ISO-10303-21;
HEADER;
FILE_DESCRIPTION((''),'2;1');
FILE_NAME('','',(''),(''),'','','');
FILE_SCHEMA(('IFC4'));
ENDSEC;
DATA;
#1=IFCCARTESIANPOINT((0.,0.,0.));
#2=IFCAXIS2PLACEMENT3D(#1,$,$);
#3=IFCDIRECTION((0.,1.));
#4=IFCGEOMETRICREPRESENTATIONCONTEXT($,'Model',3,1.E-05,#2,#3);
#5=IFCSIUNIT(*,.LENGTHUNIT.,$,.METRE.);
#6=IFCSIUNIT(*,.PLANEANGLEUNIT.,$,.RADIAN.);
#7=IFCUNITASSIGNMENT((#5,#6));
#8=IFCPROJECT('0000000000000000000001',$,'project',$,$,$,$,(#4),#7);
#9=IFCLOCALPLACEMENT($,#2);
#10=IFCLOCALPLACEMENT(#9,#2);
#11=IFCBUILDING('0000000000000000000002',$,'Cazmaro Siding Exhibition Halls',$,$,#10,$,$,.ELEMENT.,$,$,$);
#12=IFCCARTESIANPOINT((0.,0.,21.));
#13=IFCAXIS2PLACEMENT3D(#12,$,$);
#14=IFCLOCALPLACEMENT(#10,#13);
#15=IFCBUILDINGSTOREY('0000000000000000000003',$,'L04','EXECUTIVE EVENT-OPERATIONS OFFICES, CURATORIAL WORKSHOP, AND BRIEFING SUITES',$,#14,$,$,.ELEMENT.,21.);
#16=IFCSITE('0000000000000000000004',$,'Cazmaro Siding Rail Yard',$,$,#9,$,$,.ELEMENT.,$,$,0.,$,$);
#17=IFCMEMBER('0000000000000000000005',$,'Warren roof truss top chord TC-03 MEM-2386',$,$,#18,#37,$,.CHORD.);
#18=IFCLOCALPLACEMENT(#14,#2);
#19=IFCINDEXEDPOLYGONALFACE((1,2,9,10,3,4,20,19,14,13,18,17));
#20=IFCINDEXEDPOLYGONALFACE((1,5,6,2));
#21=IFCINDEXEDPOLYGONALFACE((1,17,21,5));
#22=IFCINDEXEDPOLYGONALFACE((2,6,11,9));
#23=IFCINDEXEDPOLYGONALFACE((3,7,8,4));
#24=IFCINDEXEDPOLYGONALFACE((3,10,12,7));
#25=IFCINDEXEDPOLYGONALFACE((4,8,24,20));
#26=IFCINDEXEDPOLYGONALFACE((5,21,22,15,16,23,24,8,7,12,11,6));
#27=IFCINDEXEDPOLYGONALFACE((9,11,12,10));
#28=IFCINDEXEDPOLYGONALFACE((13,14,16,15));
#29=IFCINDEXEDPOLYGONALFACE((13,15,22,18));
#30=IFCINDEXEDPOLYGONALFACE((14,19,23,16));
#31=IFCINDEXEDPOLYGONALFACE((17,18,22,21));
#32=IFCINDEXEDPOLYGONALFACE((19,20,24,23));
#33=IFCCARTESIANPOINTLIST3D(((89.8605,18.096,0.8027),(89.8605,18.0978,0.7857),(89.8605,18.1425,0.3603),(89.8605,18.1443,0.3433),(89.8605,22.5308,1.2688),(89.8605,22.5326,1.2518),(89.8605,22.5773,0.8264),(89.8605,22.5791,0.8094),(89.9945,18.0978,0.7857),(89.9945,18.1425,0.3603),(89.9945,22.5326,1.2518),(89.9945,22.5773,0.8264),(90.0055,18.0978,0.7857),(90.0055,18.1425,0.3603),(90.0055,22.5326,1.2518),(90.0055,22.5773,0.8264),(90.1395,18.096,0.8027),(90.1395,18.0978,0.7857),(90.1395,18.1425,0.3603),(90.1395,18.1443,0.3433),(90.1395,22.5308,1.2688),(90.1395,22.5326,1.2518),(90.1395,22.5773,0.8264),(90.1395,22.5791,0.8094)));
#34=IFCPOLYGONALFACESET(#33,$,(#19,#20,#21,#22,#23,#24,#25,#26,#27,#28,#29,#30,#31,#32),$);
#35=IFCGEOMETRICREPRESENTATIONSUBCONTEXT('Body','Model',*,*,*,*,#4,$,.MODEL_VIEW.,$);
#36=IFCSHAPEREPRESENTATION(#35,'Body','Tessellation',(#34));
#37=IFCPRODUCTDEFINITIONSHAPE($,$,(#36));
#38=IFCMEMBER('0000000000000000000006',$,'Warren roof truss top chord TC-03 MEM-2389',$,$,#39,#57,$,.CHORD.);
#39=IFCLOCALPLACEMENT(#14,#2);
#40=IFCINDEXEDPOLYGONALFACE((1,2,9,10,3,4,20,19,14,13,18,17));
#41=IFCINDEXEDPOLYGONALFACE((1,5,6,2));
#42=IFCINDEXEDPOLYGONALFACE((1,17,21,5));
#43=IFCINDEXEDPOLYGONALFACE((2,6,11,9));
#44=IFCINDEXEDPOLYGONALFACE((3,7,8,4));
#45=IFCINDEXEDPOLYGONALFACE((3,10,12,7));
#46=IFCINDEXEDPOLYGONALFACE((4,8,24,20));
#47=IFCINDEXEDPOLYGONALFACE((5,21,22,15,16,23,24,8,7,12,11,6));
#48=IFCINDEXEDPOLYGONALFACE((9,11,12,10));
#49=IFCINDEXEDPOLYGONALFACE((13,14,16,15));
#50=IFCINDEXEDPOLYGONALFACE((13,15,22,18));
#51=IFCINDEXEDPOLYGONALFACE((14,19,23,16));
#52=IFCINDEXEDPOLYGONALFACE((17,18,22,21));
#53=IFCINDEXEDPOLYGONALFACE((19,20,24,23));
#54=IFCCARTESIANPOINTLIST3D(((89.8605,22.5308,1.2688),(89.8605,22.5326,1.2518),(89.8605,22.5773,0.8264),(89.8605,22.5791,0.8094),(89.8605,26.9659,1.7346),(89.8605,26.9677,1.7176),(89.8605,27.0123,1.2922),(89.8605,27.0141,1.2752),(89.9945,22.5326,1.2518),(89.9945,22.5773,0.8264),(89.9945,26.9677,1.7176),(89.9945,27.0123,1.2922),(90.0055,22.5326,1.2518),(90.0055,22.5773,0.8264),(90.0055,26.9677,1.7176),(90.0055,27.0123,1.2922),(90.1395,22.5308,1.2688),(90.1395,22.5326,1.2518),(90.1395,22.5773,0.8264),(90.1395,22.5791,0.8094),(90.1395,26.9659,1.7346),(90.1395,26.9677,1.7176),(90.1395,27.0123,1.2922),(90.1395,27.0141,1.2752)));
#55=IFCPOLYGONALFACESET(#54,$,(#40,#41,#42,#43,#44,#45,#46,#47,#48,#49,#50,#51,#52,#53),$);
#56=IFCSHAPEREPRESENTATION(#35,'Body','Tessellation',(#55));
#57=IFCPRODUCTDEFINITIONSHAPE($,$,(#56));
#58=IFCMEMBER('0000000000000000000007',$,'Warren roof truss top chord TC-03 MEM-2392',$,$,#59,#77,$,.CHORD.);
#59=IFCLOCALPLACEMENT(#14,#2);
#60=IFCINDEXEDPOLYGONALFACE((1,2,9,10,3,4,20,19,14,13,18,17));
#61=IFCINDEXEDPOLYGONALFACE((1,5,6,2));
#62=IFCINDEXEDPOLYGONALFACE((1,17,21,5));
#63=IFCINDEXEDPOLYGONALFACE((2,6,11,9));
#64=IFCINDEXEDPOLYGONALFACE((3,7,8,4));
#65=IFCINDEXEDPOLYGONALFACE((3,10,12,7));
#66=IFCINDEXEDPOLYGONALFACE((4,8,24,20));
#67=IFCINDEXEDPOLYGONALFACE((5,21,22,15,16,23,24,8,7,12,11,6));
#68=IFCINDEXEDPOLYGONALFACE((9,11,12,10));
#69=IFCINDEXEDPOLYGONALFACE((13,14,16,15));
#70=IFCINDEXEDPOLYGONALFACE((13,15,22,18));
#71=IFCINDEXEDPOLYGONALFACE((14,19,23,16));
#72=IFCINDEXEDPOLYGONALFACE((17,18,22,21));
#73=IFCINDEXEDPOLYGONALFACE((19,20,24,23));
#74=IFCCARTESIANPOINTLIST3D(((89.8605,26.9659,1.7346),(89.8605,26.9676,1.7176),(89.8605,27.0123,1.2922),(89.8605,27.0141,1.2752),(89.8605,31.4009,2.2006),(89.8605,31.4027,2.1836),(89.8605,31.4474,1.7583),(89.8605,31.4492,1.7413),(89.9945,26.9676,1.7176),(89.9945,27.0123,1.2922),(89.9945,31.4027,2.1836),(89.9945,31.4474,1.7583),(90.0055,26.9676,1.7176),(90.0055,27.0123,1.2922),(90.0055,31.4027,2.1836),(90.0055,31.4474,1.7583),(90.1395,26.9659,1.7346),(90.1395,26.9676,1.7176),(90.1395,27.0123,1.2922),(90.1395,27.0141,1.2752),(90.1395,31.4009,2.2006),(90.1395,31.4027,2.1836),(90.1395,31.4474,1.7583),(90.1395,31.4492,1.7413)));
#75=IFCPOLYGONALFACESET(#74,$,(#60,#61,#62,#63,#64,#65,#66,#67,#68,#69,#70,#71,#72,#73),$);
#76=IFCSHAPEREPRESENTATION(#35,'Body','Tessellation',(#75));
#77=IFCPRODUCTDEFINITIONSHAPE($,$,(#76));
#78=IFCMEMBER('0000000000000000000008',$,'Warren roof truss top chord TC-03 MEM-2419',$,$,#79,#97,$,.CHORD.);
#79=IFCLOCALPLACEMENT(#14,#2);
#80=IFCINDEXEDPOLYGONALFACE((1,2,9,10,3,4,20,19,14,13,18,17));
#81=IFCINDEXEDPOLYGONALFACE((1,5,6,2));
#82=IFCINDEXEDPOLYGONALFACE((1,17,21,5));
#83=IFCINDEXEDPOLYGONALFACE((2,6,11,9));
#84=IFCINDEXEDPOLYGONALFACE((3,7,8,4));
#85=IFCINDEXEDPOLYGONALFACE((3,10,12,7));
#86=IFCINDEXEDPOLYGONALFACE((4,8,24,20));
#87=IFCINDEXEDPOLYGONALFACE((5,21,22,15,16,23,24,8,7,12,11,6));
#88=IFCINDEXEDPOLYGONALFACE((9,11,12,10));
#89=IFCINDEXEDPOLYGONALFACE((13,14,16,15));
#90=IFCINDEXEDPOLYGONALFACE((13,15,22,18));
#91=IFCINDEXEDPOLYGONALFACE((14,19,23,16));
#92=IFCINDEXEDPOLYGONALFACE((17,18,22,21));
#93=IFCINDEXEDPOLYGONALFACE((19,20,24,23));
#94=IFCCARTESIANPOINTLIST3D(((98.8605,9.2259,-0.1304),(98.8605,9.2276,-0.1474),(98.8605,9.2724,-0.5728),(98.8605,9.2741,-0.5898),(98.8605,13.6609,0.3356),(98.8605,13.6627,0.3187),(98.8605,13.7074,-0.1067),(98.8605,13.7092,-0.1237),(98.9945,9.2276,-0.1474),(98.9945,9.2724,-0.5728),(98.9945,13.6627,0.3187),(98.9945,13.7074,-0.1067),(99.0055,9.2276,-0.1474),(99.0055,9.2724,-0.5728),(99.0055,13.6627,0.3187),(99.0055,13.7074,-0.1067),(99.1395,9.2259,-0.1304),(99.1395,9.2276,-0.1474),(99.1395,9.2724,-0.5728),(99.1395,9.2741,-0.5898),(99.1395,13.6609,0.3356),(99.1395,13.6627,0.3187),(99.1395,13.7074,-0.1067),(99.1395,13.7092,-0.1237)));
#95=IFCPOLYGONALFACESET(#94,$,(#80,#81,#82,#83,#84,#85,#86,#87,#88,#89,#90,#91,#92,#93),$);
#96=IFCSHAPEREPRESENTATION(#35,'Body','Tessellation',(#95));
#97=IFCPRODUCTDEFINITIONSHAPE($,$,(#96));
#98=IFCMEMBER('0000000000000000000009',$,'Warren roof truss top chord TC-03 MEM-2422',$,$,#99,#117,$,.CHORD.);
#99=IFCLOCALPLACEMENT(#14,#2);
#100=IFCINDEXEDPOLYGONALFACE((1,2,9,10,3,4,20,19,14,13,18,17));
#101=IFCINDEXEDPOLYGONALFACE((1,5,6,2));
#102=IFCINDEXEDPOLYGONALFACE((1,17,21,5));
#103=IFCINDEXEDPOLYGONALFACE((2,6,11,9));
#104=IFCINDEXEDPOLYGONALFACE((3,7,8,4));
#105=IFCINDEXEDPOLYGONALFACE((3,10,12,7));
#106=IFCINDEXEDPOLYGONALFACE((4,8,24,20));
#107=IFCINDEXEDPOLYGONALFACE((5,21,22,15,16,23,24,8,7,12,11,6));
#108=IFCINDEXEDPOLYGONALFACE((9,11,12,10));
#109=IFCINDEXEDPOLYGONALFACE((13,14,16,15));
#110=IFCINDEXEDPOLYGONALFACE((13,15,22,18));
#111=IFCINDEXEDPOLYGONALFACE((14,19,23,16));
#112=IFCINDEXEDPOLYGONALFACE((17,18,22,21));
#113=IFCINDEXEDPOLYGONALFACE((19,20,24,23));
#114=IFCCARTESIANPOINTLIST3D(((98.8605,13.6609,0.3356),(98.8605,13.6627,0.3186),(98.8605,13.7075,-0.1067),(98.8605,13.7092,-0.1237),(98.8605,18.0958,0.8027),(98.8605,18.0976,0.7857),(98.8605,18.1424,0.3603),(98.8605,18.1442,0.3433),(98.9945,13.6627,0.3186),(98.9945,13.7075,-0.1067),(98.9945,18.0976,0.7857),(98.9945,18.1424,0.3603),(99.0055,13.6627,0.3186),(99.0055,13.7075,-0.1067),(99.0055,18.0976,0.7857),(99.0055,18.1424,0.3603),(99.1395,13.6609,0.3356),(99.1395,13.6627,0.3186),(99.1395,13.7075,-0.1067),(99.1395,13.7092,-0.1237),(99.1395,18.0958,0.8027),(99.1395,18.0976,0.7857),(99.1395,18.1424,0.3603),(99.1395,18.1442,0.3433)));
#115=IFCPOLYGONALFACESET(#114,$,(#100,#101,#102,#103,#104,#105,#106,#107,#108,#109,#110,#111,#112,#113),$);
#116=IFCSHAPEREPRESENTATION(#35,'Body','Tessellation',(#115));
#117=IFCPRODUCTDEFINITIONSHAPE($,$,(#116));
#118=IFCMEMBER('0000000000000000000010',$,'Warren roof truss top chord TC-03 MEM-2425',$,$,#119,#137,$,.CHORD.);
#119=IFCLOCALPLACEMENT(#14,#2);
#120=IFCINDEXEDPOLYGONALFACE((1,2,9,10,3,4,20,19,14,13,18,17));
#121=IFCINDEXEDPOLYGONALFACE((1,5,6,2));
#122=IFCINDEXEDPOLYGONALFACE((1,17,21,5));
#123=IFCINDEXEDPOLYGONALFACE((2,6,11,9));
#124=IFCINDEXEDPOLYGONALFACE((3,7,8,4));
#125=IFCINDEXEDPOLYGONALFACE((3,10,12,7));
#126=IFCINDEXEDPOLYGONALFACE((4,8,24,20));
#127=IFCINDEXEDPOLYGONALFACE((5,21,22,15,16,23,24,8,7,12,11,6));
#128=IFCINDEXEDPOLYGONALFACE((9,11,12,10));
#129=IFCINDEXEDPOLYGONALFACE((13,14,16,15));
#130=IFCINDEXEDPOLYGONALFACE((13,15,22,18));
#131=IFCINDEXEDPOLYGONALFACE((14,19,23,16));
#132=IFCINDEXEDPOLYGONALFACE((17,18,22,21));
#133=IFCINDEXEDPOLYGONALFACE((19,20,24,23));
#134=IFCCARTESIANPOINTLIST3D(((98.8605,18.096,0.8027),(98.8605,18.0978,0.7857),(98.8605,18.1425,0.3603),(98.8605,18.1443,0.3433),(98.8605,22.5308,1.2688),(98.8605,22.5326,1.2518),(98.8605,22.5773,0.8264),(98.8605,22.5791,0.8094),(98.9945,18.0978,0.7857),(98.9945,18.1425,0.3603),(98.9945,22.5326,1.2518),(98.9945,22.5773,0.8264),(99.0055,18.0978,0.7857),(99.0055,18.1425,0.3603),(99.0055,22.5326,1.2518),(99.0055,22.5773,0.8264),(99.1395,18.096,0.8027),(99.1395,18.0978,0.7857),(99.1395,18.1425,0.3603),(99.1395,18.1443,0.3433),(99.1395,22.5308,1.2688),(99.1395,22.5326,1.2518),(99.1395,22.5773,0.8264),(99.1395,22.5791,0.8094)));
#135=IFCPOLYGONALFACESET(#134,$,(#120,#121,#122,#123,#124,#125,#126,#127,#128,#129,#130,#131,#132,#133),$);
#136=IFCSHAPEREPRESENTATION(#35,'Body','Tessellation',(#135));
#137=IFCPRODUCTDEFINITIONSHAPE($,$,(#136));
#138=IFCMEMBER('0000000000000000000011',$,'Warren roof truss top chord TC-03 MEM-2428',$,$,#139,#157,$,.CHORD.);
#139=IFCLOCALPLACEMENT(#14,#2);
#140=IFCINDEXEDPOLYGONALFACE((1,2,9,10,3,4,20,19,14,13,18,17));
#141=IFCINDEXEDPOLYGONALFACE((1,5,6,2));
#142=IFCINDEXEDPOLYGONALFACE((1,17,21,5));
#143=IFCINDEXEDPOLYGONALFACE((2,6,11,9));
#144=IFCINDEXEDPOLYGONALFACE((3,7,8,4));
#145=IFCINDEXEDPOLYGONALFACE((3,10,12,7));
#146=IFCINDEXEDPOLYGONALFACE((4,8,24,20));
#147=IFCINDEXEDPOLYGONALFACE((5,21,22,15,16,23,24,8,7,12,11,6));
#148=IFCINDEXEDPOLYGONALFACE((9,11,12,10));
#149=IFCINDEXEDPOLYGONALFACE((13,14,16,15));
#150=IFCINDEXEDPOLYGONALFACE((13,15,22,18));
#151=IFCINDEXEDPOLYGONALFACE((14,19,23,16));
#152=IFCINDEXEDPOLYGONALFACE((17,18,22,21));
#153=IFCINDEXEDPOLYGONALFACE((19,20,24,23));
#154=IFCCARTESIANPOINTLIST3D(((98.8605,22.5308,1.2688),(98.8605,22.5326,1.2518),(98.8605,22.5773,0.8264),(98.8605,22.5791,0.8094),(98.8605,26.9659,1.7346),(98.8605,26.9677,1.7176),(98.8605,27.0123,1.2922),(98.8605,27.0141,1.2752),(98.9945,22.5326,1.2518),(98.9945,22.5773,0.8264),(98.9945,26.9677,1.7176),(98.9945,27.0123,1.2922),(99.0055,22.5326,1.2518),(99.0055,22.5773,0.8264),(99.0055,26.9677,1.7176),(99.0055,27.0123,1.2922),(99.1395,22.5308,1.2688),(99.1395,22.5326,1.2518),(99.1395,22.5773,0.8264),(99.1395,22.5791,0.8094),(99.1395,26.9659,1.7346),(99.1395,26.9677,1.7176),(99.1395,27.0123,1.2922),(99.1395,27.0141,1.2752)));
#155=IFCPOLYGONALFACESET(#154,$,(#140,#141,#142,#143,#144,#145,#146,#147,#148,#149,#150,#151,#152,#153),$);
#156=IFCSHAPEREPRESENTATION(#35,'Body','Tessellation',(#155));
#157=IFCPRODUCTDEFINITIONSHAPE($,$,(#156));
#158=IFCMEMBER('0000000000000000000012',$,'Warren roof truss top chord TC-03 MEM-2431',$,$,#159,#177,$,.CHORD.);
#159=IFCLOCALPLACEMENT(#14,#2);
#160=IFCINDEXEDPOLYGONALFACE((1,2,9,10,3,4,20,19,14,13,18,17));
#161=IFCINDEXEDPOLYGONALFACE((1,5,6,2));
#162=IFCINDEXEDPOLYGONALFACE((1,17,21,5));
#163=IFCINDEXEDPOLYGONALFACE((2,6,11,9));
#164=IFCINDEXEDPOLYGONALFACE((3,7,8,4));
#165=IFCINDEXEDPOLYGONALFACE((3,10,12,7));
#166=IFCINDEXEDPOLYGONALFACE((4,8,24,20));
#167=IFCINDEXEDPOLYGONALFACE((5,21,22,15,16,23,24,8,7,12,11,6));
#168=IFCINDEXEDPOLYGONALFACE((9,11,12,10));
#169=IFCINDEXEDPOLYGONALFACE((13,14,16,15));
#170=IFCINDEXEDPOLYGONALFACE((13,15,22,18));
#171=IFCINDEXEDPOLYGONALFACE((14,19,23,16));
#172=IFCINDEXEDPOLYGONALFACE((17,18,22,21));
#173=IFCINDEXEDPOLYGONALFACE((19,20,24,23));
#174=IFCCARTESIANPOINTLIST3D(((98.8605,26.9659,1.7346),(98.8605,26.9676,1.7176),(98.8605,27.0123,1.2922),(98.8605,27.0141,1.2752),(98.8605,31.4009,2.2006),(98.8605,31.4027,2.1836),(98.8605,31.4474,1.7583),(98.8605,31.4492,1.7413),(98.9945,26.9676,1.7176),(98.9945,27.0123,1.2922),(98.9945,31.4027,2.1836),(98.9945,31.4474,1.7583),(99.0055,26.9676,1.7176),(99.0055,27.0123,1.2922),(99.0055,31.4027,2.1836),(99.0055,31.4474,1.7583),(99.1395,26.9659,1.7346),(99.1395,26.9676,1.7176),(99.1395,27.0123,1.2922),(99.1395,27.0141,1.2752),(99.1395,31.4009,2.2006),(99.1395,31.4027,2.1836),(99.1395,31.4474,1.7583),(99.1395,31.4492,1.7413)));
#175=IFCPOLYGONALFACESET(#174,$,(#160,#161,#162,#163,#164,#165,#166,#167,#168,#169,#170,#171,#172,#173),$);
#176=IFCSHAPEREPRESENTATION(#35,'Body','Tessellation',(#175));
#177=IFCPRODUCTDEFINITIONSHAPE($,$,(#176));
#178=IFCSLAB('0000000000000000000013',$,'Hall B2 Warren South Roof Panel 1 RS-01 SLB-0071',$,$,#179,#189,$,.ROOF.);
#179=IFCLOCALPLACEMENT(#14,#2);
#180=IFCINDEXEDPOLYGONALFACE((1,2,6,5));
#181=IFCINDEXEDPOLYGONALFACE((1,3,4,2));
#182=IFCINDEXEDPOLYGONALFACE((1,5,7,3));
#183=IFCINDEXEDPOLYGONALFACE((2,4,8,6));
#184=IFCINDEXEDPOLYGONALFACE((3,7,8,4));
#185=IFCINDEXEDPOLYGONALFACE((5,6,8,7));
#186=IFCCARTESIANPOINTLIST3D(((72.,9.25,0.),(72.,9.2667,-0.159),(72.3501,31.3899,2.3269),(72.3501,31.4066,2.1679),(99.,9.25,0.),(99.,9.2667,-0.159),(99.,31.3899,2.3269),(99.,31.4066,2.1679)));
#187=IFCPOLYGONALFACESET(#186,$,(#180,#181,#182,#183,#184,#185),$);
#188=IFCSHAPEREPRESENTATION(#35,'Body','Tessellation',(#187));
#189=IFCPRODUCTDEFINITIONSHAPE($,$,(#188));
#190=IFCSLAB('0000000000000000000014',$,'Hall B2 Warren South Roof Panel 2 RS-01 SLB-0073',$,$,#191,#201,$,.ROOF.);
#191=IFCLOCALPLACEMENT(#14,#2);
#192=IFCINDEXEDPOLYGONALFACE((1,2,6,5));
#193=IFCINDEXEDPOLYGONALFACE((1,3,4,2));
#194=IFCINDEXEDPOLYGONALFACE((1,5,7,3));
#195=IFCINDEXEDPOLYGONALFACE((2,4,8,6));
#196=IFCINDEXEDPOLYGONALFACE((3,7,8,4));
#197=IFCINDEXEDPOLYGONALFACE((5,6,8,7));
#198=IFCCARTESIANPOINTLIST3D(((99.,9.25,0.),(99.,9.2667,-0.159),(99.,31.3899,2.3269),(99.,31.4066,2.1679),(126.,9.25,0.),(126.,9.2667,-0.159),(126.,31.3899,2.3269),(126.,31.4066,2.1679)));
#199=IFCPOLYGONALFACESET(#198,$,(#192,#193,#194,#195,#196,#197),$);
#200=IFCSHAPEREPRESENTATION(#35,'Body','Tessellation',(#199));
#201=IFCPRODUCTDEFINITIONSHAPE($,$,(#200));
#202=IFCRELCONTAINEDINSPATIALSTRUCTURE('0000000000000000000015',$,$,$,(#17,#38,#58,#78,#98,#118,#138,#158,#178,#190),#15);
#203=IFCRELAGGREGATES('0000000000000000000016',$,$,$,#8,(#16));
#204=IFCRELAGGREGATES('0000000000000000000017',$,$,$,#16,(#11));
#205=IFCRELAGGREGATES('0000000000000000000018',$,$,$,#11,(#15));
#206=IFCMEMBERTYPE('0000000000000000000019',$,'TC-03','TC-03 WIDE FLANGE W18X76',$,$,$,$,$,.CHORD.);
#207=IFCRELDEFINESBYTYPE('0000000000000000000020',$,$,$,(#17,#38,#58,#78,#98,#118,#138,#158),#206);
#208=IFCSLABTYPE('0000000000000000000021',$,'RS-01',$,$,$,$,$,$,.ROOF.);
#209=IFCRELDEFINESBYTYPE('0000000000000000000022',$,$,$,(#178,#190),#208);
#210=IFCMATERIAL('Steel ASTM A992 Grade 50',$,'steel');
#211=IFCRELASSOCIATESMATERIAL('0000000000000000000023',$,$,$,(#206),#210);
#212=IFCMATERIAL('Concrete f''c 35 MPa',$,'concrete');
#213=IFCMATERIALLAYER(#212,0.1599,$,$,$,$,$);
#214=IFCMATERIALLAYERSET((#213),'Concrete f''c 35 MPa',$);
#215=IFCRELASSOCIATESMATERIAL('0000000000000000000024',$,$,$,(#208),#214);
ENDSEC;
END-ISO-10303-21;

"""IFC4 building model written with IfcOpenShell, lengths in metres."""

from ifc_helpers import new_model, si_unit, direction, frame, origin, origin_2d, place, context, subcontext, project, spatial, polyline, i_section, outline, extrude, material, layer, layer_set, material_profile, profile_set, type_object, element, save


model = new_model("IFC4")

# Units and contexts
model_context = context("Model", 3, precision=1e-05, world=origin(), true_north=direction((0.0, 1.0)))
body_context = subcontext(model_context, "Body", "Model", "MODEL_VIEW")
ifc_project = project(units=[si_unit("LENGTHUNIT", "METRE"), si_unit("PLANEANGLEUNIT", "RADIAN")], contexts=[model_context])

# Site, building, storey
site_placement = place(None, origin())
site = spatial("IfcSite", under=ifc_project, at=site_placement, Name="Cazmaro Siding Rail Yard", CompositionType="ELEMENT", RefElevation=0.0)
building_placement = place(site_placement, origin())
building = spatial("IfcBuilding", under=site, at=building_placement, Name="Cazmaro Siding Exhibition Halls", CompositionType="ELEMENT")
storey_placement = place(building_placement, frame((0.0, 0.0, 21.0)))
storey = spatial("IfcBuildingStorey", under=building, at=storey_placement, Name="L04", Description="EXECUTIVE EVENT-OPERATIONS OFFICES, CURATORIAL WORKSHOP, AND BRIEFING SUITES", CompositionType="ELEMENT", Elevation=21.0)

# Members
ifc_material_1 = material(Name="Steel ASTM A992 Grade 50", Category="steel")
ifc_material_profile_1 = material_profile(ifc_material_1, i_section(OverallWidth=0.2791, OverallDepth=0.4619, WebThickness=0.011, FlangeThickness=0.0171, at=origin_2d()), Name="W18X76")
ifc_profile_set_1 = profile_set([ifc_material_profile_1], Name="Steel ASTM A992 Grade 50")
member_type_1 = type_object("IfcMemberType", Name="TC-03", Description="TC-03 WIDE FLANGE W18X76", PredefinedType="CHORD", material=ifc_profile_set_1)
member_1_placement = place(storey_placement, frame((90.0, 18.1201, 0.573), z_axis=(0.0, 0.994523, 0.104517), x_axis=(-1.0, 0.0, 0.0)))
element("IfcMember", 1, at=member_1_placement, inside=storey, type_object=member_type_1, Name="Warren roof truss top chord TC-03 MEM-2386", PredefinedType="CHORD", context=body_context, shape_type="SweptSolid", body=[
    extrude(i_section(OverallWidth=0.2791, OverallDepth=0.4619, WebThickness=0.011, FlangeThickness=0.0171, at=origin_2d()), origin(), (0.0, 0.0, 1.0), 4.4592),
])
for number, where, z_axis, x_axis, name in (
    (2, (90.0, 22.5549, 1.0391), (0.0, 0.994529, 0.104457), (-1.0, 0.0, 0.0), "Warren roof truss top chord TC-03 MEM-2389"),
    (3, (90.0, 26.99, 1.5049), (0.0, 0.994524, 0.104511), (-1.0, 0.0, 0.0), "Warren roof truss top chord TC-03 MEM-2392"),
    (4, (99.0, 9.25, -0.3601), (0.0, 0.994524, 0.104511), (-1.0, 0.0, 0.0), "Warren roof truss top chord TC-03 MEM-2419"),
    (5, (99.0, 13.6851, 0.106), (0.0, 0.994501, 0.104728), (-1.0, 0.0, 0.0), "Warren roof truss top chord TC-03 MEM-2422"),
):
    element("IfcMember", number, at=place(storey_placement, frame(where, z_axis=z_axis, x_axis=x_axis)), inside=storey, type_object=member_type_1, Name=name, PredefinedType="CHORD", context=body_context, shape_type="SweptSolid", body=[
        extrude(i_section(OverallWidth=0.2791, OverallDepth=0.4619, WebThickness=0.011, FlangeThickness=0.0171, at=origin_2d()), origin(), (0.0, 0.0, 1.0), 4.4595),
    ])
member_2_placement = place(storey_placement, frame((99.0, 18.1201, 0.573), z_axis=(0.0, 0.994523, 0.104517), x_axis=(-1.0, 0.0, 0.0)))
element("IfcMember", 6, at=member_2_placement, inside=storey, type_object=member_type_1, Name="Warren roof truss top chord TC-03 MEM-2425", PredefinedType="CHORD", context=body_context, shape_type="SweptSolid", body=[
    extrude(i_section(OverallWidth=0.2791, OverallDepth=0.4619, WebThickness=0.011, FlangeThickness=0.0171, at=origin_2d()), origin(), (0.0, 0.0, 1.0), 4.4592),
])
for number, where, z_axis, x_axis, name in (
    (7, (99.0, 22.5549, 1.0391), (0.0, 0.994529, 0.104457), (-1.0, 0.0, 0.0), "Warren roof truss top chord TC-03 MEM-2428"),
    (8, (99.0, 26.99, 1.5049), (0.0, 0.994524, 0.104511), (-1.0, 0.0, 0.0), "Warren roof truss top chord TC-03 MEM-2431"),
):
    element("IfcMember", number, at=place(storey_placement, frame(where, z_axis=z_axis, x_axis=x_axis)), inside=storey, type_object=member_type_1, Name=name, PredefinedType="CHORD", context=body_context, shape_type="SweptSolid", body=[
        extrude(i_section(OverallWidth=0.2791, OverallDepth=0.4619, WebThickness=0.011, FlangeThickness=0.0171, at=origin_2d()), origin(), (0.0, 0.0, 1.0), 4.4595),
    ])

# Slabs
ifc_material_2 = material(Name="Concrete f'c 35 MPa", Category="concrete")
ifc_layer = layer(ifc_material_2, 0.1599)
ifc_layer_set = layer_set([ifc_layer], Name="Concrete f'c 35 MPa")
slab_type = type_object("IfcSlabType", Name="RS-01", PredefinedType="ROOF", material=ifc_layer_set)
slab_1_placement = place(storey_placement, frame((72.0, 9.25, 0.0), z_axis=(0.0, -0.104524, 0.994522), x_axis=(1.0, 0.0, 0.0)))
element("IfcSlab", 9, at=slab_1_placement, inside=storey, type_object=slab_type, Name="Hall B2 Warren South Roof Panel 1 RS-01 SLB-0071", PredefinedType="ROOF", context=body_context, shape_type="SweptSolid", body=[
    extrude(outline(polyline([(0.0, 0.0), (27.0, 0.0), (27.0, 22.2618), (0.3501, 22.2618), (0.0, 0.0)])), origin(), (0.0, 0.0, -1.0), 0.1599),
])
slab_2_placement = place(storey_placement, frame((99.0, 9.25, 0.0), z_axis=(0.0, -0.104524, 0.994522), x_axis=(1.0, 0.0, 0.0)))
element("IfcSlab", 10, at=slab_2_placement, inside=storey, type_object=slab_type, Name="Hall B2 Warren South Roof Panel 2 RS-01 SLB-0073", PredefinedType="ROOF", context=body_context, shape_type="SweptSolid", body=[
    extrude(outline(polyline([(0.0, 0.0), (27.0, 0.0), (27.0, 22.2618), (0.0, 22.2618), (0.0, 0.0)])), origin(), (0.0, 0.0, -1.0), 0.1599),
])

save(model, "model.ifc")
